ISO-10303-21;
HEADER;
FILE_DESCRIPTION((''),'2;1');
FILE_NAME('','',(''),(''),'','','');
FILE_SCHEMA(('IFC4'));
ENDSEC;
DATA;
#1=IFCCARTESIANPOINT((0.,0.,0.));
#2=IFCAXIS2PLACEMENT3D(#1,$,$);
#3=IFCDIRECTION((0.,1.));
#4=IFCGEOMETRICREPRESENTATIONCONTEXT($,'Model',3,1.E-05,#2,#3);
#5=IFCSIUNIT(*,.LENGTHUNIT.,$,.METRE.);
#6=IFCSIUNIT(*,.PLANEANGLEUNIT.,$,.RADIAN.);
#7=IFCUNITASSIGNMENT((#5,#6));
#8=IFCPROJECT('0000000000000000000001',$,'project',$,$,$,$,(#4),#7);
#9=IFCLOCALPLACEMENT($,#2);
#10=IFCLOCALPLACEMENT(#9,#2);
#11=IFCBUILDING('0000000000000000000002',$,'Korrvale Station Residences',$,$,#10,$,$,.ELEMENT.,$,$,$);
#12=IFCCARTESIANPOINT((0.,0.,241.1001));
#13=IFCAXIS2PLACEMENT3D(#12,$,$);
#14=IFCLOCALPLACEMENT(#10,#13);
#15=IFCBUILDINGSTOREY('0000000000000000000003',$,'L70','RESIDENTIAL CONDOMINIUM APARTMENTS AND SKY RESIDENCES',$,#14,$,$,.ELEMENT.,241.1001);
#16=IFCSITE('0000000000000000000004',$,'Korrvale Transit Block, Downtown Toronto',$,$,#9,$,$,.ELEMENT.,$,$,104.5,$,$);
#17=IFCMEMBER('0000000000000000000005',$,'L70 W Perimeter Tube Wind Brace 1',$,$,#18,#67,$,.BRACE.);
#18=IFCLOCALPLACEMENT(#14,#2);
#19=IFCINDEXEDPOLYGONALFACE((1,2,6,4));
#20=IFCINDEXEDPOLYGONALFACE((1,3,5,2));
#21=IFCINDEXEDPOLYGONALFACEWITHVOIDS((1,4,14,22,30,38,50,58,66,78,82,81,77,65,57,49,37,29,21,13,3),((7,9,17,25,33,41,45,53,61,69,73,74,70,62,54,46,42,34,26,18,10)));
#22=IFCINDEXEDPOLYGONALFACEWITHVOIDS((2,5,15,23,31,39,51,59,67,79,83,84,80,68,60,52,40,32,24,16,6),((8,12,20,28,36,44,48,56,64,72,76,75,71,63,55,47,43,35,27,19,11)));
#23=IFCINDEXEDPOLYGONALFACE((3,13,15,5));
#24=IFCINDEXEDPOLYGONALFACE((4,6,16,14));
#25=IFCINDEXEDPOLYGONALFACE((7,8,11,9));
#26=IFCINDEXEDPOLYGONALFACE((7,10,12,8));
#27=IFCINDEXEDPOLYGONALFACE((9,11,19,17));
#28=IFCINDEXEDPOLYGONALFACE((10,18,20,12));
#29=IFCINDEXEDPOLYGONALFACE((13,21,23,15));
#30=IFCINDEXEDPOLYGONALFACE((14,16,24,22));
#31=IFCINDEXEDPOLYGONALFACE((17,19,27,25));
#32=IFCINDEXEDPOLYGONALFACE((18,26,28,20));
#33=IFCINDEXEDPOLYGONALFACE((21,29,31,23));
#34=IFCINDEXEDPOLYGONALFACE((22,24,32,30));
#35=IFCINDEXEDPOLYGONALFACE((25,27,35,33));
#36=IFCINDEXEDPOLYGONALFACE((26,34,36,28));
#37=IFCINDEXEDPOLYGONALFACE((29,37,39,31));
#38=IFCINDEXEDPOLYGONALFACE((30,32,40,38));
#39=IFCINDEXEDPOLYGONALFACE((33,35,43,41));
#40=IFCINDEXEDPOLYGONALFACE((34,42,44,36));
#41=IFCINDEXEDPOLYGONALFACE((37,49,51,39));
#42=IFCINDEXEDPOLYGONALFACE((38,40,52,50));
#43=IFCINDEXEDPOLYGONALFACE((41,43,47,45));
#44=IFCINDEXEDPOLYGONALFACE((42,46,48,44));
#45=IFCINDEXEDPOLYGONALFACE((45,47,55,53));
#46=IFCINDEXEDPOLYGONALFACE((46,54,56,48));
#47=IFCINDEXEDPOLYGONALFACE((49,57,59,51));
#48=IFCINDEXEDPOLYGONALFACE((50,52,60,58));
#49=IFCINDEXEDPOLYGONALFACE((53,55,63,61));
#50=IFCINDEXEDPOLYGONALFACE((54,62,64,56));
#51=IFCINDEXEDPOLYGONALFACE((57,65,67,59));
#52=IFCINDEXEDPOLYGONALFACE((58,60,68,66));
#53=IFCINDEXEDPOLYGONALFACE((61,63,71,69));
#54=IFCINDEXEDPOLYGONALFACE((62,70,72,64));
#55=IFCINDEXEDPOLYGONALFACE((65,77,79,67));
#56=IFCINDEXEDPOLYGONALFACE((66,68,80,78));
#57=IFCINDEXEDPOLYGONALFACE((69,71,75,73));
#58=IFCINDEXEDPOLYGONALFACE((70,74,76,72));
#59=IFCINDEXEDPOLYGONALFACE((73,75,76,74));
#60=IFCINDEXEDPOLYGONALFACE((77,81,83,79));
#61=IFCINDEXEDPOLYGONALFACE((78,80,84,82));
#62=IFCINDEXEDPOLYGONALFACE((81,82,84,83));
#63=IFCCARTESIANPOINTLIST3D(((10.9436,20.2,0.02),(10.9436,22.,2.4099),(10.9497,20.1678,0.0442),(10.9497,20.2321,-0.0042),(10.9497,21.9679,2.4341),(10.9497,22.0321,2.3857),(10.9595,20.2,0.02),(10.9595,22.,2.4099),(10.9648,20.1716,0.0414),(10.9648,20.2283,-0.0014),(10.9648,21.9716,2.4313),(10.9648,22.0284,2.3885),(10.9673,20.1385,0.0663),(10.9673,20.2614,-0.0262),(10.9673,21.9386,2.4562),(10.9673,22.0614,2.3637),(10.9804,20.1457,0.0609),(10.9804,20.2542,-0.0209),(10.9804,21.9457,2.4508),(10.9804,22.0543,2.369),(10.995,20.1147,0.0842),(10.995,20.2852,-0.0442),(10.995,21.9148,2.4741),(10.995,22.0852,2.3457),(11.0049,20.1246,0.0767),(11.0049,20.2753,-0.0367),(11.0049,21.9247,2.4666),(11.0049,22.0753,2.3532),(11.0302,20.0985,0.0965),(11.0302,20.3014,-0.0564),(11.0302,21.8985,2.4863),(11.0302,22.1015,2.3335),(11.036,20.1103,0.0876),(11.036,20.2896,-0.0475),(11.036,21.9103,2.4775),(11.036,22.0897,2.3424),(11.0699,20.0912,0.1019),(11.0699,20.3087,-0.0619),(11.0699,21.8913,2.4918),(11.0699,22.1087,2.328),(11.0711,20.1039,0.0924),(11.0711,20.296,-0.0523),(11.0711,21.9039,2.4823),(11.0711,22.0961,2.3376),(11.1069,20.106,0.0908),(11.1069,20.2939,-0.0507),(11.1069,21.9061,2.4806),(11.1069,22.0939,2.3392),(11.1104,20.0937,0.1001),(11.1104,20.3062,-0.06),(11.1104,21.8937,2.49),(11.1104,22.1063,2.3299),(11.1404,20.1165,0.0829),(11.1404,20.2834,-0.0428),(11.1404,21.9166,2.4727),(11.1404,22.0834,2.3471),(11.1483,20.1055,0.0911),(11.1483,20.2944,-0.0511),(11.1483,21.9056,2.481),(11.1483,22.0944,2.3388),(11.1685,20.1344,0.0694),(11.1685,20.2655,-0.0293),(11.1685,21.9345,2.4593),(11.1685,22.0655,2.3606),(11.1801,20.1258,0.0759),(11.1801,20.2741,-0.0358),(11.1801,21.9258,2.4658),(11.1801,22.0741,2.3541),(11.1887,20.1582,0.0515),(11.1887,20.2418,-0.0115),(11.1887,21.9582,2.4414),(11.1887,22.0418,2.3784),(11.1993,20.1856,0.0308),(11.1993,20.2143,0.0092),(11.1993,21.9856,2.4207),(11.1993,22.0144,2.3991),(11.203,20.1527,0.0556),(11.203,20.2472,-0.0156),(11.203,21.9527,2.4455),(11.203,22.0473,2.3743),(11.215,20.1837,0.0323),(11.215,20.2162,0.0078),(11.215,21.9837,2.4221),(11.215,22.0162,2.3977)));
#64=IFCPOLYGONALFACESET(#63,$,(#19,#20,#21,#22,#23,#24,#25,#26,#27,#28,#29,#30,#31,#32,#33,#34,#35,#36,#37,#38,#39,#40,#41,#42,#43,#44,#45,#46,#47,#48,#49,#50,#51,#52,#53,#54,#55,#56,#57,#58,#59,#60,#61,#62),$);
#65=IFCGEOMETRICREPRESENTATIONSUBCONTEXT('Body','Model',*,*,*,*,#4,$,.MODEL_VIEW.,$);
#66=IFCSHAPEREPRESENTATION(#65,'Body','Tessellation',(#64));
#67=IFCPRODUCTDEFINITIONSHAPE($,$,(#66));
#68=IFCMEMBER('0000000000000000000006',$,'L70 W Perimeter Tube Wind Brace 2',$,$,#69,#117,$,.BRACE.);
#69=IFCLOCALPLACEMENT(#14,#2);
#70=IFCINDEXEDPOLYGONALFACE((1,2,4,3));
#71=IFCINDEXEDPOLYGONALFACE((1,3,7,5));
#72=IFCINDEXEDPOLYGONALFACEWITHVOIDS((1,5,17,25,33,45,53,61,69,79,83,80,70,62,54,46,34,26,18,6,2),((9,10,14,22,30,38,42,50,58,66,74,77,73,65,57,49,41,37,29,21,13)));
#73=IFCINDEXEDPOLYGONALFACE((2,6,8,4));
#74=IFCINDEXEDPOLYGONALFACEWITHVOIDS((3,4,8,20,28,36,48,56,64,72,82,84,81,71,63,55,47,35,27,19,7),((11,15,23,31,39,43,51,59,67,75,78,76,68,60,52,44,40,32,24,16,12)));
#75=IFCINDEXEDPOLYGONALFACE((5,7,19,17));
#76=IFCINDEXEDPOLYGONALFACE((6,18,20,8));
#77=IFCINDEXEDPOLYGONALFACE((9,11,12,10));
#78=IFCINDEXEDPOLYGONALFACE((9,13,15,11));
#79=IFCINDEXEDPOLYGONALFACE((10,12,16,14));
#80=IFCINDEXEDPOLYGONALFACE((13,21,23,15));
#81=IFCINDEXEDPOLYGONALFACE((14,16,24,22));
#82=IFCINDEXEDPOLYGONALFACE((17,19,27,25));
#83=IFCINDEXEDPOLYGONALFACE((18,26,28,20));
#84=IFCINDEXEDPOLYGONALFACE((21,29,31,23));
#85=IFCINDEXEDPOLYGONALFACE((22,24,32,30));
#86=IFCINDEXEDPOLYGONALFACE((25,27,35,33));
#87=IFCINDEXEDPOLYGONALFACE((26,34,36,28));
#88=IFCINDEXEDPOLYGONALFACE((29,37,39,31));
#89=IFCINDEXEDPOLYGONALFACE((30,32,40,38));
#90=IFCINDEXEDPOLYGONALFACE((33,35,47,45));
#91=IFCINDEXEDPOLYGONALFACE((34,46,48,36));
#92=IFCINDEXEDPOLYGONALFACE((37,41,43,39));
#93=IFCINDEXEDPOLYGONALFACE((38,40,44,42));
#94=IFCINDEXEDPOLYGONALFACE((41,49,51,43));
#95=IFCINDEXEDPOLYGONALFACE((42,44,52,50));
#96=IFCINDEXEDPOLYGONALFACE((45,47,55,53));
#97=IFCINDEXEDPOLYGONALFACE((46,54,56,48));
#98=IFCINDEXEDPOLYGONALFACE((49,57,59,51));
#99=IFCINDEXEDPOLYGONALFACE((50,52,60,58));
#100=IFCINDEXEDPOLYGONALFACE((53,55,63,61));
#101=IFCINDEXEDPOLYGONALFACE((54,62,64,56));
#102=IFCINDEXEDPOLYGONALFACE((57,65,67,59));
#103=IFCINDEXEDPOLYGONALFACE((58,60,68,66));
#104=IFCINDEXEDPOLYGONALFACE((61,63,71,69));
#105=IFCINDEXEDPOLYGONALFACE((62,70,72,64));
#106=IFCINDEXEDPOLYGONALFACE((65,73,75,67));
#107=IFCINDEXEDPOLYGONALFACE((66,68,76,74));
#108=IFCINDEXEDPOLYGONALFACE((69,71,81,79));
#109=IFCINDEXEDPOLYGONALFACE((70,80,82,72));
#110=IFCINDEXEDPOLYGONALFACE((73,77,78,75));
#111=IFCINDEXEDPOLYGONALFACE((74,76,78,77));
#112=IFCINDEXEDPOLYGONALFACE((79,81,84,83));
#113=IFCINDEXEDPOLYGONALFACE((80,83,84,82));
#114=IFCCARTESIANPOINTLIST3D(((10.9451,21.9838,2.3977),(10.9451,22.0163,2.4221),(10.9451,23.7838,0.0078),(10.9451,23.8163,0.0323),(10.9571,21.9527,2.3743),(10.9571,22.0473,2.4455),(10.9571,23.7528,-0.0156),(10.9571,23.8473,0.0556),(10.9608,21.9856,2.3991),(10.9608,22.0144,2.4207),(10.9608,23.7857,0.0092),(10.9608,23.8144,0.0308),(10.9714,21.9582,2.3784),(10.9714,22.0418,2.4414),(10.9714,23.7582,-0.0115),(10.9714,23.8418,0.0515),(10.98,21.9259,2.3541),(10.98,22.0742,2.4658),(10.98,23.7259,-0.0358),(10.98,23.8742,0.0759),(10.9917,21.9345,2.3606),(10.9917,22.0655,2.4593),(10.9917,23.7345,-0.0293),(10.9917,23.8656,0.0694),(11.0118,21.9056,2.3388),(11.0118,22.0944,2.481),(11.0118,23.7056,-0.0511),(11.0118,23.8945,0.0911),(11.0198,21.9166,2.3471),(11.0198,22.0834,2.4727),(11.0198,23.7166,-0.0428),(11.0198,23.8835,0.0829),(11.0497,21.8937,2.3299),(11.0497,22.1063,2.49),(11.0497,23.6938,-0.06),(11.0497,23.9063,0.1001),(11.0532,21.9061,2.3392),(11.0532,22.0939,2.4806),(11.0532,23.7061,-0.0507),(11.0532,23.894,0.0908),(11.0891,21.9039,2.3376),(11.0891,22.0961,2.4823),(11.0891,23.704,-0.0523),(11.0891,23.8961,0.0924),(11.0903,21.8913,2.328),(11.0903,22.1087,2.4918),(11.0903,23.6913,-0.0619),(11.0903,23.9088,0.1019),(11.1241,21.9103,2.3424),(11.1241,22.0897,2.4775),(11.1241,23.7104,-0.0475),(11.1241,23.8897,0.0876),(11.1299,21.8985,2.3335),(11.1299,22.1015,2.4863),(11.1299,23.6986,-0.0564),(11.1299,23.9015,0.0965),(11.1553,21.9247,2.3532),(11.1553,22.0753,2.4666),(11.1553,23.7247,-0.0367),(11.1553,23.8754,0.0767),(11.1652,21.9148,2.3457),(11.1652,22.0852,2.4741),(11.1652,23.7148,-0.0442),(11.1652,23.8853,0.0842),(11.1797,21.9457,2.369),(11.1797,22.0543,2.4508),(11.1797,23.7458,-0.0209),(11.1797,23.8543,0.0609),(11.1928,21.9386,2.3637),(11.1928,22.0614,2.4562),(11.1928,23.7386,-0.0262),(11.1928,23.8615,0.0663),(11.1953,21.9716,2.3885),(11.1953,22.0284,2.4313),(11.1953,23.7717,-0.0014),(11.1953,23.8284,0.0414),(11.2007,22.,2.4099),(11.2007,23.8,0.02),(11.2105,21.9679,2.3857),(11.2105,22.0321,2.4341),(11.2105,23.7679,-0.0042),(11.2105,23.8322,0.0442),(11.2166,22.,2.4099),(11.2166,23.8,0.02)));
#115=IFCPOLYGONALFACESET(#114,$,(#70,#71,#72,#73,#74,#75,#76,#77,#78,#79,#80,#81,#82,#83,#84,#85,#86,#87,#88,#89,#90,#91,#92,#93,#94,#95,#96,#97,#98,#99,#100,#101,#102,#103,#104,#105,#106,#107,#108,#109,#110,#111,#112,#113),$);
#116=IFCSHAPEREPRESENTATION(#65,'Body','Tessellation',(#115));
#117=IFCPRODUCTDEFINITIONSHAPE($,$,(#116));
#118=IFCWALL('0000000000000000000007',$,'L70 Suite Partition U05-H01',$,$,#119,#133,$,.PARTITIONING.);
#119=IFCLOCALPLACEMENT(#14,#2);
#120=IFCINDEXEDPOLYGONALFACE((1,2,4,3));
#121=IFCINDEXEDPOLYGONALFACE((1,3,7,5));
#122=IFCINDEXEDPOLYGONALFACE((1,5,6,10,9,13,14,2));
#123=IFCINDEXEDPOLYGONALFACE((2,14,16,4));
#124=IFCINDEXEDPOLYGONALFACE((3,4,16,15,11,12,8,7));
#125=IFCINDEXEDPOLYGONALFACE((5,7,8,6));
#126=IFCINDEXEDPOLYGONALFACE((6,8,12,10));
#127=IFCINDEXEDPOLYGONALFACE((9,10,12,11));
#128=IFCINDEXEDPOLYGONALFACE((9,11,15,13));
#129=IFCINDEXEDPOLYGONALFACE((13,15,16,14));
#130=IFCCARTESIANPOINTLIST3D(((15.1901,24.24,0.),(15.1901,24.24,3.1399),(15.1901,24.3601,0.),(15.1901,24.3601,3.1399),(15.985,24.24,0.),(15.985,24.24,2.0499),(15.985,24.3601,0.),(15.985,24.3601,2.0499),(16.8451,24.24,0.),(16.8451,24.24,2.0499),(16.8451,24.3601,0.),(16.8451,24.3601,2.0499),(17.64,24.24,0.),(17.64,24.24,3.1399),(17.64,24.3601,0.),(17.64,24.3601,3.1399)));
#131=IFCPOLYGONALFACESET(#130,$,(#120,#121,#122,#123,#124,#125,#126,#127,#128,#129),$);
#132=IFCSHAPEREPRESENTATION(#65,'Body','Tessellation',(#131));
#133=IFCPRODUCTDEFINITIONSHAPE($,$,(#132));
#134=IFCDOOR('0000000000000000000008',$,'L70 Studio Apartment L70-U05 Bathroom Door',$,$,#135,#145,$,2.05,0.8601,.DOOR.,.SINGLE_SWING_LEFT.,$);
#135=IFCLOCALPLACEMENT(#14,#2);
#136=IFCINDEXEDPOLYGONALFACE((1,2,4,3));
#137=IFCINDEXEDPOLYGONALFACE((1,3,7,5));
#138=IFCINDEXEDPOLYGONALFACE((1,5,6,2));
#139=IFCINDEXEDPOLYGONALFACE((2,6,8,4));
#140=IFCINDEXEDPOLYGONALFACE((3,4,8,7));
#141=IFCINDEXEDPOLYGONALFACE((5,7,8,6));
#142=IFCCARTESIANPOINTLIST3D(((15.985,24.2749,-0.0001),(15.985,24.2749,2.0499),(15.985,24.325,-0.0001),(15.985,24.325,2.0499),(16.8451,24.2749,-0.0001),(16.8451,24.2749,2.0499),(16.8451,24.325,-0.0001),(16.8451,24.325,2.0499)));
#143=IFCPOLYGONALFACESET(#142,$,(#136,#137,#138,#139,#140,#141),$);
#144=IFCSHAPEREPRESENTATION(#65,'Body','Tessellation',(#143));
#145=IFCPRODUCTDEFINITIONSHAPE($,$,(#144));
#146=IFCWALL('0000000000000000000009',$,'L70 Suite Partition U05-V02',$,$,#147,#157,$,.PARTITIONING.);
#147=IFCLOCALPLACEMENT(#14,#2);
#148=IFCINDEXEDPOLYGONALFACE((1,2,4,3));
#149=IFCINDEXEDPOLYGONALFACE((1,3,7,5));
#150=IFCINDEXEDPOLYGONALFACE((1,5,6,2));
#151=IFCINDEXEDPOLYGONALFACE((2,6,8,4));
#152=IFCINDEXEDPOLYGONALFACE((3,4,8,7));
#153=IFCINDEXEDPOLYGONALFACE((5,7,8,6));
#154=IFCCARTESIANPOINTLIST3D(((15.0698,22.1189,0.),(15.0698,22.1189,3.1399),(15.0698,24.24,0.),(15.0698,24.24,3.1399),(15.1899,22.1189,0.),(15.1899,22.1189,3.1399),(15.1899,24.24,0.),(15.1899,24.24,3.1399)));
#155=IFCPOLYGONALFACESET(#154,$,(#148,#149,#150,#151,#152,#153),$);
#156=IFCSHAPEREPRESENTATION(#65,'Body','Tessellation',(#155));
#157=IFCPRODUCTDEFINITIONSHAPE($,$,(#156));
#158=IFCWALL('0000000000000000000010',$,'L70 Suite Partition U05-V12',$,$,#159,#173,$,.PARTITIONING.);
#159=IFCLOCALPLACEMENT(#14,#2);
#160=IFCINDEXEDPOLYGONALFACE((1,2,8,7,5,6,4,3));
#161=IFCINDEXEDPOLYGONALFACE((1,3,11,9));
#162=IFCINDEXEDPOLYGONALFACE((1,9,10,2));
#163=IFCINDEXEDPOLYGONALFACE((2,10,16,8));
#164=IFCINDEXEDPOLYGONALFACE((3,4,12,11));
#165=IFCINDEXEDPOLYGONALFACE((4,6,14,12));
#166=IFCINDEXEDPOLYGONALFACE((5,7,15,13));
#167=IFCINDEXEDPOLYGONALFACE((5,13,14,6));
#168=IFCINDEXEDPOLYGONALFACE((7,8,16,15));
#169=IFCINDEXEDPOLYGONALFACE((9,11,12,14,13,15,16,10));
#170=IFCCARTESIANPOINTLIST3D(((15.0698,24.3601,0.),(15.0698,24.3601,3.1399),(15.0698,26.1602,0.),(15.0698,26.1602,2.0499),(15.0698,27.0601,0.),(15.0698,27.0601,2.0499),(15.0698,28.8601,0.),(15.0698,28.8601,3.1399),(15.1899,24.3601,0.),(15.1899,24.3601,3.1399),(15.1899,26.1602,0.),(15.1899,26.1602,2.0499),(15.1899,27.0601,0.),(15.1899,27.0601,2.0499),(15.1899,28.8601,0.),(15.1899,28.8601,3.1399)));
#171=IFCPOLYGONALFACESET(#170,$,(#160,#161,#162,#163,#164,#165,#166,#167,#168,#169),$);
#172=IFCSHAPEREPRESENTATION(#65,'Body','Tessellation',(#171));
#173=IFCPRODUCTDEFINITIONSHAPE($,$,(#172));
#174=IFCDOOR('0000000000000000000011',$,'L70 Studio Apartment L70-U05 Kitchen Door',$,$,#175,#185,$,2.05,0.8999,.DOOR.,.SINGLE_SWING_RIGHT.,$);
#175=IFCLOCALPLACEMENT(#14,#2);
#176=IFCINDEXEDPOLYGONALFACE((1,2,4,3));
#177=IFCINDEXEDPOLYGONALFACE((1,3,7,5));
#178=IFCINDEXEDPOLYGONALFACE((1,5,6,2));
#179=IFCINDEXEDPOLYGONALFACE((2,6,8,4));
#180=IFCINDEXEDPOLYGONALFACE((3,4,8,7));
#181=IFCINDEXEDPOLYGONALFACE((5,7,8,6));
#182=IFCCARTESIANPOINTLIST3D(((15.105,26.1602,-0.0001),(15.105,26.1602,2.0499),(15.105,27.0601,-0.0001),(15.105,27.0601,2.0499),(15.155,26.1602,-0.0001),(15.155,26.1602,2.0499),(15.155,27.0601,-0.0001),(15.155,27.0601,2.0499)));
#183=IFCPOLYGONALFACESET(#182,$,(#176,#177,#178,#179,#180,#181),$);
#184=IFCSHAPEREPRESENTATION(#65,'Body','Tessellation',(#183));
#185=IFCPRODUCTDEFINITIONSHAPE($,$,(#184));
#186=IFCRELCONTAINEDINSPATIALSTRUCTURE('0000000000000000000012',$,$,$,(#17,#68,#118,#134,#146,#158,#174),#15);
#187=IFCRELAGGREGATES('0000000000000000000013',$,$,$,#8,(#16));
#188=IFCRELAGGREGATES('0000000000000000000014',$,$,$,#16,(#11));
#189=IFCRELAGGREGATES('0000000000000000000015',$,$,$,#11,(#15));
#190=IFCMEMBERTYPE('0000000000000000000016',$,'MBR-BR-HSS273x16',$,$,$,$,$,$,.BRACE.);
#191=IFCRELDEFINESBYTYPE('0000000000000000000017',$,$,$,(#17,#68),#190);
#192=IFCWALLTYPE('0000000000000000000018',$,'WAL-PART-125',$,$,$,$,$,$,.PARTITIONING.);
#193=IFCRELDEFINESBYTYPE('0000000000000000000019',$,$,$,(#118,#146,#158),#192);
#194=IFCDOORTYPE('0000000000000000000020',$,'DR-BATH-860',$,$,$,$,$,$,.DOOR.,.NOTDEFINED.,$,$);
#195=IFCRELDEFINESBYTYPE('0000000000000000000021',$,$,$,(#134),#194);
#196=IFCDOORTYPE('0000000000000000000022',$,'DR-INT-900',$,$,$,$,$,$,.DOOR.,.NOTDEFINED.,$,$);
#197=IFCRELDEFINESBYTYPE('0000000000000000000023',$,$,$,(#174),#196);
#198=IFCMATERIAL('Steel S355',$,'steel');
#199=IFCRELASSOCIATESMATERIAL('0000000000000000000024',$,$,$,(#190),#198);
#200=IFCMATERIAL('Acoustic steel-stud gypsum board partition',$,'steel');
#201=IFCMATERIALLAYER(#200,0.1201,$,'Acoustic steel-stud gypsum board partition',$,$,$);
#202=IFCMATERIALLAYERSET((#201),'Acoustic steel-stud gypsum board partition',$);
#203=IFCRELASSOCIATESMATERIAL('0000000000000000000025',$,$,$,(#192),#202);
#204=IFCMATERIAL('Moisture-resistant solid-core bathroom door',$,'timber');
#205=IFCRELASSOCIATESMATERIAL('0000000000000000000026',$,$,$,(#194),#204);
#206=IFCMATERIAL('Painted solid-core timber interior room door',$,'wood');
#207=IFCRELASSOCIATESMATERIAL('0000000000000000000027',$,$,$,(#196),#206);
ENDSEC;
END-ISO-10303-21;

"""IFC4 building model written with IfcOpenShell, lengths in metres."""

from ifc_helpers import new_model, si_unit, direction, frame, frame_2d, origin, origin_2d, place, context, subcontext, project, spatial, rectangle, hollow_circle, extrude, material, layer, layer_set, material_profile, profile_set, type_object, element, fill, save


model = new_model("IFC4")

# Units and contexts
model_context = context("Model", 3, precision=1e-05, world=origin(), true_north=direction((0.0, 1.0)))
body_context = subcontext(model_context, "Body", "Model", "MODEL_VIEW")
ifc_project = project(units=[si_unit("LENGTHUNIT", "METRE"), si_unit("PLANEANGLEUNIT", "RADIAN")], contexts=[model_context])

# Site, building, storey
site_placement = place(None, origin())
site = spatial("IfcSite", under=ifc_project, at=site_placement, Name="Korrvale Transit Block, Downtown Toronto", CompositionType="ELEMENT", RefElevation=104.5)
building_placement = place(site_placement, origin())
building = spatial("IfcBuilding", under=site, at=building_placement, Name="Korrvale Station Residences", CompositionType="ELEMENT")
storey_placement = place(building_placement, frame((0.0, 0.0, 241.1001)))
storey = spatial("IfcBuildingStorey", under=building, at=storey_placement, Name="L70", Description="RESIDENTIAL CONDOMINIUM APARTMENTS AND SKY RESIDENCES", CompositionType="ELEMENT", Elevation=241.1001)

# Shared definitions
ifc_material_1 = material(Name="Steel S355", Category="steel")

# Members
ifc_material_profile_1 = material_profile(ifc_material_1, hollow_circle(Radius=0.1365, WallThickness=0.0159, at=origin_2d()), Name="HSS273x16")
ifc_profile_set_1 = profile_set([ifc_material_profile_1], Name="Steel S355")
member_type = type_object("IfcMemberType", Name="MBR-BR-HSS273x16", PredefinedType="BRACE", material=ifc_profile_set_1)
for number, where, z_axis, x_axis, name in (
    (1, (11.0801, 20.2, 0.02), (0.0, 0.601631, 0.798774), (-1.0, 0.0, 0.0), "L70 W Perimeter Tube Wind Brace 1"),
    (2, (11.0801, 23.8, 0.02), (0.0, -0.601631, 0.798774), (1.0, 0.0, 0.0), "L70 W Perimeter Tube Wind Brace 2"),
):
    element("IfcMember", number, at=place(storey_placement, frame(where, z_axis=z_axis, x_axis=x_axis)), inside=storey, type_object=member_type, Name=name, PredefinedType="BRACE", context=body_context, shape_type="SweptSolid", body=[
        extrude(hollow_circle(Radius=0.1365, WallThickness=0.0159, at=origin_2d()), origin(), (0.0, 0.0, 1.0), 2.9919),
    ])

# Wall, opening, door
ifc_material_2 = material(Name="Acoustic steel-stud gypsum board partition", Category="steel")
ifc_layer_1 = layer(ifc_material_2, 0.1201, Name="Acoustic steel-stud gypsum board partition")
ifc_layer_set_1 = layer_set([ifc_layer_1], Name="Acoustic steel-stud gypsum board partition")
wall_type_1 = type_object("IfcWallType", Name="WAL-PART-125", PredefinedType="PARTITIONING", material=ifc_layer_set_1)
wall_1_placement = place(storey_placement, frame((15.1899, 24.3, 0.0), z_axis=(0.0, 0.0, 1.0), x_axis=(1.0, 0.0, 0.0)))
wall_1 = element("IfcWall", 3, at=wall_1_placement, inside=storey, type_object=wall_type_1, Name="L70 Suite Partition U05-H01", PredefinedType="PARTITIONING", context=body_context, shape_type="SweptSolid", body=[
    extrude(rectangle(XDim=2.45, YDim=0.1201, at=frame_2d((1.2251, 0.0))), origin(), (0.0, 0.0, 1.0), 3.1399),
])
opening_1_placement = place(wall_1_placement, frame((0.7949, 0.0, 0.0)))
opening_1 = element("IfcOpeningElement", 4, at=opening_1_placement, cuts=wall_1, PredefinedType="OPENING", context=body_context, shape_type="SweptSolid", body=[
    extrude(rectangle(XDim=0.8601, YDim=2.05, at=frame_2d((0.4302, 1.0249))), frame((0.0, 0.0701, 0.0), z_axis=(0.0, -1.0, 0.0), x_axis=(1.0, 0.0, 0.0)), (0.0, 0.0, 1.0), 0.1401),
])
ifc_material_3 = material(Name="Moisture-resistant solid-core bathroom door", Category="timber")
door_type_1 = type_object("IfcDoorType", Name="DR-BATH-860", OperationType="NOTDEFINED", PredefinedType="DOOR", material=ifc_material_3)
door_1_placement = place(opening_1_placement, origin())
door_1 = element("IfcDoor", 5, at=door_1_placement, inside=storey, type_object=door_type_1, Name="L70 Studio Apartment L70-U05 Bathroom Door", OperationType="SINGLE_SWING_LEFT", OverallHeight=2.05, OverallWidth=0.8601, PredefinedType="DOOR", context=body_context, shape_type="SweptSolid", body=[
    extrude(rectangle(XDim=0.8601, YDim=2.05, at=frame_2d((0.4302, 1.0249))), frame((0.0, 0.0249, 0.0), z_axis=(0.0, -1.0, 0.0), x_axis=(1.0, 0.0, 0.0)), (0.0, 0.0, 1.0), 0.05),
])
fill(opening_1, door_1)

# Wall
wall_2_placement = place(storey_placement, frame((15.1299, 22.1189, 0.0), z_axis=(0.0, 0.0, 1.0), x_axis=(0.0, 1.0, 0.0)))
element("IfcWall", 6, at=wall_2_placement, inside=storey, type_object=wall_type_1, Name="L70 Suite Partition U05-V02", PredefinedType="PARTITIONING", context=body_context, shape_type="SweptSolid", body=[
    extrude(rectangle(XDim=2.1211, YDim=0.1201, at=frame_2d((1.0605, 0.0))), origin(), (0.0, 0.0, 1.0), 3.1399),
])

# Wall, opening, door
wall_3_placement = place(storey_placement, frame((15.1299, 24.3601, 0.0), z_axis=(0.0, 0.0, 1.0), x_axis=(0.0, 1.0, 0.0)))
wall_3 = element("IfcWall", 7, at=wall_3_placement, inside=storey, type_object=wall_type_1, Name="L70 Suite Partition U05-V12", PredefinedType="PARTITIONING", context=body_context, shape_type="SweptSolid", body=[
    extrude(rectangle(XDim=4.5, YDim=0.1201, at=frame_2d((2.25, 0.0))), origin(), (0.0, 0.0, 1.0), 3.1399),
])
opening_2_placement = place(wall_3_placement, frame((1.8, 0.0, 0.0)))
opening_2 = element("IfcOpeningElement", 8, at=opening_2_placement, cuts=wall_3, PredefinedType="OPENING", context=body_context, shape_type="SweptSolid", body=[
    extrude(rectangle(XDim=0.8999, YDim=2.05, at=frame_2d((0.45, 1.0249))), frame((0.0, 0.0701, 0.0), z_axis=(0.0, -1.0, 0.0), x_axis=(1.0, 0.0, 0.0)), (0.0, 0.0, 1.0), 0.1401),
])
ifc_material_4 = material(Name="Painted solid-core timber interior room door", Category="wood")
door_type_2 = type_object("IfcDoorType", Name="DR-INT-900", OperationType="NOTDEFINED", PredefinedType="DOOR", material=ifc_material_4)
door_2_placement = place(opening_2_placement, origin())
door_2 = element("IfcDoor", 9, at=door_2_placement, inside=storey, type_object=door_type_2, Name="L70 Studio Apartment L70-U05 Kitchen Door", OperationType="SINGLE_SWING_RIGHT", OverallHeight=2.05, OverallWidth=0.8999, PredefinedType="DOOR", context=body_context, shape_type="SweptSolid", body=[
    extrude(rectangle(XDim=0.8999, YDim=2.05, at=frame_2d((0.45, 1.0249))), frame((0.0, 0.0249, 0.0), z_axis=(0.0, -1.0, 0.0), x_axis=(1.0, 0.0, 0.0)), (0.0, 0.0, 1.0), 0.05),
])
fill(opening_2, door_2)

save(model, "model.ifc")
